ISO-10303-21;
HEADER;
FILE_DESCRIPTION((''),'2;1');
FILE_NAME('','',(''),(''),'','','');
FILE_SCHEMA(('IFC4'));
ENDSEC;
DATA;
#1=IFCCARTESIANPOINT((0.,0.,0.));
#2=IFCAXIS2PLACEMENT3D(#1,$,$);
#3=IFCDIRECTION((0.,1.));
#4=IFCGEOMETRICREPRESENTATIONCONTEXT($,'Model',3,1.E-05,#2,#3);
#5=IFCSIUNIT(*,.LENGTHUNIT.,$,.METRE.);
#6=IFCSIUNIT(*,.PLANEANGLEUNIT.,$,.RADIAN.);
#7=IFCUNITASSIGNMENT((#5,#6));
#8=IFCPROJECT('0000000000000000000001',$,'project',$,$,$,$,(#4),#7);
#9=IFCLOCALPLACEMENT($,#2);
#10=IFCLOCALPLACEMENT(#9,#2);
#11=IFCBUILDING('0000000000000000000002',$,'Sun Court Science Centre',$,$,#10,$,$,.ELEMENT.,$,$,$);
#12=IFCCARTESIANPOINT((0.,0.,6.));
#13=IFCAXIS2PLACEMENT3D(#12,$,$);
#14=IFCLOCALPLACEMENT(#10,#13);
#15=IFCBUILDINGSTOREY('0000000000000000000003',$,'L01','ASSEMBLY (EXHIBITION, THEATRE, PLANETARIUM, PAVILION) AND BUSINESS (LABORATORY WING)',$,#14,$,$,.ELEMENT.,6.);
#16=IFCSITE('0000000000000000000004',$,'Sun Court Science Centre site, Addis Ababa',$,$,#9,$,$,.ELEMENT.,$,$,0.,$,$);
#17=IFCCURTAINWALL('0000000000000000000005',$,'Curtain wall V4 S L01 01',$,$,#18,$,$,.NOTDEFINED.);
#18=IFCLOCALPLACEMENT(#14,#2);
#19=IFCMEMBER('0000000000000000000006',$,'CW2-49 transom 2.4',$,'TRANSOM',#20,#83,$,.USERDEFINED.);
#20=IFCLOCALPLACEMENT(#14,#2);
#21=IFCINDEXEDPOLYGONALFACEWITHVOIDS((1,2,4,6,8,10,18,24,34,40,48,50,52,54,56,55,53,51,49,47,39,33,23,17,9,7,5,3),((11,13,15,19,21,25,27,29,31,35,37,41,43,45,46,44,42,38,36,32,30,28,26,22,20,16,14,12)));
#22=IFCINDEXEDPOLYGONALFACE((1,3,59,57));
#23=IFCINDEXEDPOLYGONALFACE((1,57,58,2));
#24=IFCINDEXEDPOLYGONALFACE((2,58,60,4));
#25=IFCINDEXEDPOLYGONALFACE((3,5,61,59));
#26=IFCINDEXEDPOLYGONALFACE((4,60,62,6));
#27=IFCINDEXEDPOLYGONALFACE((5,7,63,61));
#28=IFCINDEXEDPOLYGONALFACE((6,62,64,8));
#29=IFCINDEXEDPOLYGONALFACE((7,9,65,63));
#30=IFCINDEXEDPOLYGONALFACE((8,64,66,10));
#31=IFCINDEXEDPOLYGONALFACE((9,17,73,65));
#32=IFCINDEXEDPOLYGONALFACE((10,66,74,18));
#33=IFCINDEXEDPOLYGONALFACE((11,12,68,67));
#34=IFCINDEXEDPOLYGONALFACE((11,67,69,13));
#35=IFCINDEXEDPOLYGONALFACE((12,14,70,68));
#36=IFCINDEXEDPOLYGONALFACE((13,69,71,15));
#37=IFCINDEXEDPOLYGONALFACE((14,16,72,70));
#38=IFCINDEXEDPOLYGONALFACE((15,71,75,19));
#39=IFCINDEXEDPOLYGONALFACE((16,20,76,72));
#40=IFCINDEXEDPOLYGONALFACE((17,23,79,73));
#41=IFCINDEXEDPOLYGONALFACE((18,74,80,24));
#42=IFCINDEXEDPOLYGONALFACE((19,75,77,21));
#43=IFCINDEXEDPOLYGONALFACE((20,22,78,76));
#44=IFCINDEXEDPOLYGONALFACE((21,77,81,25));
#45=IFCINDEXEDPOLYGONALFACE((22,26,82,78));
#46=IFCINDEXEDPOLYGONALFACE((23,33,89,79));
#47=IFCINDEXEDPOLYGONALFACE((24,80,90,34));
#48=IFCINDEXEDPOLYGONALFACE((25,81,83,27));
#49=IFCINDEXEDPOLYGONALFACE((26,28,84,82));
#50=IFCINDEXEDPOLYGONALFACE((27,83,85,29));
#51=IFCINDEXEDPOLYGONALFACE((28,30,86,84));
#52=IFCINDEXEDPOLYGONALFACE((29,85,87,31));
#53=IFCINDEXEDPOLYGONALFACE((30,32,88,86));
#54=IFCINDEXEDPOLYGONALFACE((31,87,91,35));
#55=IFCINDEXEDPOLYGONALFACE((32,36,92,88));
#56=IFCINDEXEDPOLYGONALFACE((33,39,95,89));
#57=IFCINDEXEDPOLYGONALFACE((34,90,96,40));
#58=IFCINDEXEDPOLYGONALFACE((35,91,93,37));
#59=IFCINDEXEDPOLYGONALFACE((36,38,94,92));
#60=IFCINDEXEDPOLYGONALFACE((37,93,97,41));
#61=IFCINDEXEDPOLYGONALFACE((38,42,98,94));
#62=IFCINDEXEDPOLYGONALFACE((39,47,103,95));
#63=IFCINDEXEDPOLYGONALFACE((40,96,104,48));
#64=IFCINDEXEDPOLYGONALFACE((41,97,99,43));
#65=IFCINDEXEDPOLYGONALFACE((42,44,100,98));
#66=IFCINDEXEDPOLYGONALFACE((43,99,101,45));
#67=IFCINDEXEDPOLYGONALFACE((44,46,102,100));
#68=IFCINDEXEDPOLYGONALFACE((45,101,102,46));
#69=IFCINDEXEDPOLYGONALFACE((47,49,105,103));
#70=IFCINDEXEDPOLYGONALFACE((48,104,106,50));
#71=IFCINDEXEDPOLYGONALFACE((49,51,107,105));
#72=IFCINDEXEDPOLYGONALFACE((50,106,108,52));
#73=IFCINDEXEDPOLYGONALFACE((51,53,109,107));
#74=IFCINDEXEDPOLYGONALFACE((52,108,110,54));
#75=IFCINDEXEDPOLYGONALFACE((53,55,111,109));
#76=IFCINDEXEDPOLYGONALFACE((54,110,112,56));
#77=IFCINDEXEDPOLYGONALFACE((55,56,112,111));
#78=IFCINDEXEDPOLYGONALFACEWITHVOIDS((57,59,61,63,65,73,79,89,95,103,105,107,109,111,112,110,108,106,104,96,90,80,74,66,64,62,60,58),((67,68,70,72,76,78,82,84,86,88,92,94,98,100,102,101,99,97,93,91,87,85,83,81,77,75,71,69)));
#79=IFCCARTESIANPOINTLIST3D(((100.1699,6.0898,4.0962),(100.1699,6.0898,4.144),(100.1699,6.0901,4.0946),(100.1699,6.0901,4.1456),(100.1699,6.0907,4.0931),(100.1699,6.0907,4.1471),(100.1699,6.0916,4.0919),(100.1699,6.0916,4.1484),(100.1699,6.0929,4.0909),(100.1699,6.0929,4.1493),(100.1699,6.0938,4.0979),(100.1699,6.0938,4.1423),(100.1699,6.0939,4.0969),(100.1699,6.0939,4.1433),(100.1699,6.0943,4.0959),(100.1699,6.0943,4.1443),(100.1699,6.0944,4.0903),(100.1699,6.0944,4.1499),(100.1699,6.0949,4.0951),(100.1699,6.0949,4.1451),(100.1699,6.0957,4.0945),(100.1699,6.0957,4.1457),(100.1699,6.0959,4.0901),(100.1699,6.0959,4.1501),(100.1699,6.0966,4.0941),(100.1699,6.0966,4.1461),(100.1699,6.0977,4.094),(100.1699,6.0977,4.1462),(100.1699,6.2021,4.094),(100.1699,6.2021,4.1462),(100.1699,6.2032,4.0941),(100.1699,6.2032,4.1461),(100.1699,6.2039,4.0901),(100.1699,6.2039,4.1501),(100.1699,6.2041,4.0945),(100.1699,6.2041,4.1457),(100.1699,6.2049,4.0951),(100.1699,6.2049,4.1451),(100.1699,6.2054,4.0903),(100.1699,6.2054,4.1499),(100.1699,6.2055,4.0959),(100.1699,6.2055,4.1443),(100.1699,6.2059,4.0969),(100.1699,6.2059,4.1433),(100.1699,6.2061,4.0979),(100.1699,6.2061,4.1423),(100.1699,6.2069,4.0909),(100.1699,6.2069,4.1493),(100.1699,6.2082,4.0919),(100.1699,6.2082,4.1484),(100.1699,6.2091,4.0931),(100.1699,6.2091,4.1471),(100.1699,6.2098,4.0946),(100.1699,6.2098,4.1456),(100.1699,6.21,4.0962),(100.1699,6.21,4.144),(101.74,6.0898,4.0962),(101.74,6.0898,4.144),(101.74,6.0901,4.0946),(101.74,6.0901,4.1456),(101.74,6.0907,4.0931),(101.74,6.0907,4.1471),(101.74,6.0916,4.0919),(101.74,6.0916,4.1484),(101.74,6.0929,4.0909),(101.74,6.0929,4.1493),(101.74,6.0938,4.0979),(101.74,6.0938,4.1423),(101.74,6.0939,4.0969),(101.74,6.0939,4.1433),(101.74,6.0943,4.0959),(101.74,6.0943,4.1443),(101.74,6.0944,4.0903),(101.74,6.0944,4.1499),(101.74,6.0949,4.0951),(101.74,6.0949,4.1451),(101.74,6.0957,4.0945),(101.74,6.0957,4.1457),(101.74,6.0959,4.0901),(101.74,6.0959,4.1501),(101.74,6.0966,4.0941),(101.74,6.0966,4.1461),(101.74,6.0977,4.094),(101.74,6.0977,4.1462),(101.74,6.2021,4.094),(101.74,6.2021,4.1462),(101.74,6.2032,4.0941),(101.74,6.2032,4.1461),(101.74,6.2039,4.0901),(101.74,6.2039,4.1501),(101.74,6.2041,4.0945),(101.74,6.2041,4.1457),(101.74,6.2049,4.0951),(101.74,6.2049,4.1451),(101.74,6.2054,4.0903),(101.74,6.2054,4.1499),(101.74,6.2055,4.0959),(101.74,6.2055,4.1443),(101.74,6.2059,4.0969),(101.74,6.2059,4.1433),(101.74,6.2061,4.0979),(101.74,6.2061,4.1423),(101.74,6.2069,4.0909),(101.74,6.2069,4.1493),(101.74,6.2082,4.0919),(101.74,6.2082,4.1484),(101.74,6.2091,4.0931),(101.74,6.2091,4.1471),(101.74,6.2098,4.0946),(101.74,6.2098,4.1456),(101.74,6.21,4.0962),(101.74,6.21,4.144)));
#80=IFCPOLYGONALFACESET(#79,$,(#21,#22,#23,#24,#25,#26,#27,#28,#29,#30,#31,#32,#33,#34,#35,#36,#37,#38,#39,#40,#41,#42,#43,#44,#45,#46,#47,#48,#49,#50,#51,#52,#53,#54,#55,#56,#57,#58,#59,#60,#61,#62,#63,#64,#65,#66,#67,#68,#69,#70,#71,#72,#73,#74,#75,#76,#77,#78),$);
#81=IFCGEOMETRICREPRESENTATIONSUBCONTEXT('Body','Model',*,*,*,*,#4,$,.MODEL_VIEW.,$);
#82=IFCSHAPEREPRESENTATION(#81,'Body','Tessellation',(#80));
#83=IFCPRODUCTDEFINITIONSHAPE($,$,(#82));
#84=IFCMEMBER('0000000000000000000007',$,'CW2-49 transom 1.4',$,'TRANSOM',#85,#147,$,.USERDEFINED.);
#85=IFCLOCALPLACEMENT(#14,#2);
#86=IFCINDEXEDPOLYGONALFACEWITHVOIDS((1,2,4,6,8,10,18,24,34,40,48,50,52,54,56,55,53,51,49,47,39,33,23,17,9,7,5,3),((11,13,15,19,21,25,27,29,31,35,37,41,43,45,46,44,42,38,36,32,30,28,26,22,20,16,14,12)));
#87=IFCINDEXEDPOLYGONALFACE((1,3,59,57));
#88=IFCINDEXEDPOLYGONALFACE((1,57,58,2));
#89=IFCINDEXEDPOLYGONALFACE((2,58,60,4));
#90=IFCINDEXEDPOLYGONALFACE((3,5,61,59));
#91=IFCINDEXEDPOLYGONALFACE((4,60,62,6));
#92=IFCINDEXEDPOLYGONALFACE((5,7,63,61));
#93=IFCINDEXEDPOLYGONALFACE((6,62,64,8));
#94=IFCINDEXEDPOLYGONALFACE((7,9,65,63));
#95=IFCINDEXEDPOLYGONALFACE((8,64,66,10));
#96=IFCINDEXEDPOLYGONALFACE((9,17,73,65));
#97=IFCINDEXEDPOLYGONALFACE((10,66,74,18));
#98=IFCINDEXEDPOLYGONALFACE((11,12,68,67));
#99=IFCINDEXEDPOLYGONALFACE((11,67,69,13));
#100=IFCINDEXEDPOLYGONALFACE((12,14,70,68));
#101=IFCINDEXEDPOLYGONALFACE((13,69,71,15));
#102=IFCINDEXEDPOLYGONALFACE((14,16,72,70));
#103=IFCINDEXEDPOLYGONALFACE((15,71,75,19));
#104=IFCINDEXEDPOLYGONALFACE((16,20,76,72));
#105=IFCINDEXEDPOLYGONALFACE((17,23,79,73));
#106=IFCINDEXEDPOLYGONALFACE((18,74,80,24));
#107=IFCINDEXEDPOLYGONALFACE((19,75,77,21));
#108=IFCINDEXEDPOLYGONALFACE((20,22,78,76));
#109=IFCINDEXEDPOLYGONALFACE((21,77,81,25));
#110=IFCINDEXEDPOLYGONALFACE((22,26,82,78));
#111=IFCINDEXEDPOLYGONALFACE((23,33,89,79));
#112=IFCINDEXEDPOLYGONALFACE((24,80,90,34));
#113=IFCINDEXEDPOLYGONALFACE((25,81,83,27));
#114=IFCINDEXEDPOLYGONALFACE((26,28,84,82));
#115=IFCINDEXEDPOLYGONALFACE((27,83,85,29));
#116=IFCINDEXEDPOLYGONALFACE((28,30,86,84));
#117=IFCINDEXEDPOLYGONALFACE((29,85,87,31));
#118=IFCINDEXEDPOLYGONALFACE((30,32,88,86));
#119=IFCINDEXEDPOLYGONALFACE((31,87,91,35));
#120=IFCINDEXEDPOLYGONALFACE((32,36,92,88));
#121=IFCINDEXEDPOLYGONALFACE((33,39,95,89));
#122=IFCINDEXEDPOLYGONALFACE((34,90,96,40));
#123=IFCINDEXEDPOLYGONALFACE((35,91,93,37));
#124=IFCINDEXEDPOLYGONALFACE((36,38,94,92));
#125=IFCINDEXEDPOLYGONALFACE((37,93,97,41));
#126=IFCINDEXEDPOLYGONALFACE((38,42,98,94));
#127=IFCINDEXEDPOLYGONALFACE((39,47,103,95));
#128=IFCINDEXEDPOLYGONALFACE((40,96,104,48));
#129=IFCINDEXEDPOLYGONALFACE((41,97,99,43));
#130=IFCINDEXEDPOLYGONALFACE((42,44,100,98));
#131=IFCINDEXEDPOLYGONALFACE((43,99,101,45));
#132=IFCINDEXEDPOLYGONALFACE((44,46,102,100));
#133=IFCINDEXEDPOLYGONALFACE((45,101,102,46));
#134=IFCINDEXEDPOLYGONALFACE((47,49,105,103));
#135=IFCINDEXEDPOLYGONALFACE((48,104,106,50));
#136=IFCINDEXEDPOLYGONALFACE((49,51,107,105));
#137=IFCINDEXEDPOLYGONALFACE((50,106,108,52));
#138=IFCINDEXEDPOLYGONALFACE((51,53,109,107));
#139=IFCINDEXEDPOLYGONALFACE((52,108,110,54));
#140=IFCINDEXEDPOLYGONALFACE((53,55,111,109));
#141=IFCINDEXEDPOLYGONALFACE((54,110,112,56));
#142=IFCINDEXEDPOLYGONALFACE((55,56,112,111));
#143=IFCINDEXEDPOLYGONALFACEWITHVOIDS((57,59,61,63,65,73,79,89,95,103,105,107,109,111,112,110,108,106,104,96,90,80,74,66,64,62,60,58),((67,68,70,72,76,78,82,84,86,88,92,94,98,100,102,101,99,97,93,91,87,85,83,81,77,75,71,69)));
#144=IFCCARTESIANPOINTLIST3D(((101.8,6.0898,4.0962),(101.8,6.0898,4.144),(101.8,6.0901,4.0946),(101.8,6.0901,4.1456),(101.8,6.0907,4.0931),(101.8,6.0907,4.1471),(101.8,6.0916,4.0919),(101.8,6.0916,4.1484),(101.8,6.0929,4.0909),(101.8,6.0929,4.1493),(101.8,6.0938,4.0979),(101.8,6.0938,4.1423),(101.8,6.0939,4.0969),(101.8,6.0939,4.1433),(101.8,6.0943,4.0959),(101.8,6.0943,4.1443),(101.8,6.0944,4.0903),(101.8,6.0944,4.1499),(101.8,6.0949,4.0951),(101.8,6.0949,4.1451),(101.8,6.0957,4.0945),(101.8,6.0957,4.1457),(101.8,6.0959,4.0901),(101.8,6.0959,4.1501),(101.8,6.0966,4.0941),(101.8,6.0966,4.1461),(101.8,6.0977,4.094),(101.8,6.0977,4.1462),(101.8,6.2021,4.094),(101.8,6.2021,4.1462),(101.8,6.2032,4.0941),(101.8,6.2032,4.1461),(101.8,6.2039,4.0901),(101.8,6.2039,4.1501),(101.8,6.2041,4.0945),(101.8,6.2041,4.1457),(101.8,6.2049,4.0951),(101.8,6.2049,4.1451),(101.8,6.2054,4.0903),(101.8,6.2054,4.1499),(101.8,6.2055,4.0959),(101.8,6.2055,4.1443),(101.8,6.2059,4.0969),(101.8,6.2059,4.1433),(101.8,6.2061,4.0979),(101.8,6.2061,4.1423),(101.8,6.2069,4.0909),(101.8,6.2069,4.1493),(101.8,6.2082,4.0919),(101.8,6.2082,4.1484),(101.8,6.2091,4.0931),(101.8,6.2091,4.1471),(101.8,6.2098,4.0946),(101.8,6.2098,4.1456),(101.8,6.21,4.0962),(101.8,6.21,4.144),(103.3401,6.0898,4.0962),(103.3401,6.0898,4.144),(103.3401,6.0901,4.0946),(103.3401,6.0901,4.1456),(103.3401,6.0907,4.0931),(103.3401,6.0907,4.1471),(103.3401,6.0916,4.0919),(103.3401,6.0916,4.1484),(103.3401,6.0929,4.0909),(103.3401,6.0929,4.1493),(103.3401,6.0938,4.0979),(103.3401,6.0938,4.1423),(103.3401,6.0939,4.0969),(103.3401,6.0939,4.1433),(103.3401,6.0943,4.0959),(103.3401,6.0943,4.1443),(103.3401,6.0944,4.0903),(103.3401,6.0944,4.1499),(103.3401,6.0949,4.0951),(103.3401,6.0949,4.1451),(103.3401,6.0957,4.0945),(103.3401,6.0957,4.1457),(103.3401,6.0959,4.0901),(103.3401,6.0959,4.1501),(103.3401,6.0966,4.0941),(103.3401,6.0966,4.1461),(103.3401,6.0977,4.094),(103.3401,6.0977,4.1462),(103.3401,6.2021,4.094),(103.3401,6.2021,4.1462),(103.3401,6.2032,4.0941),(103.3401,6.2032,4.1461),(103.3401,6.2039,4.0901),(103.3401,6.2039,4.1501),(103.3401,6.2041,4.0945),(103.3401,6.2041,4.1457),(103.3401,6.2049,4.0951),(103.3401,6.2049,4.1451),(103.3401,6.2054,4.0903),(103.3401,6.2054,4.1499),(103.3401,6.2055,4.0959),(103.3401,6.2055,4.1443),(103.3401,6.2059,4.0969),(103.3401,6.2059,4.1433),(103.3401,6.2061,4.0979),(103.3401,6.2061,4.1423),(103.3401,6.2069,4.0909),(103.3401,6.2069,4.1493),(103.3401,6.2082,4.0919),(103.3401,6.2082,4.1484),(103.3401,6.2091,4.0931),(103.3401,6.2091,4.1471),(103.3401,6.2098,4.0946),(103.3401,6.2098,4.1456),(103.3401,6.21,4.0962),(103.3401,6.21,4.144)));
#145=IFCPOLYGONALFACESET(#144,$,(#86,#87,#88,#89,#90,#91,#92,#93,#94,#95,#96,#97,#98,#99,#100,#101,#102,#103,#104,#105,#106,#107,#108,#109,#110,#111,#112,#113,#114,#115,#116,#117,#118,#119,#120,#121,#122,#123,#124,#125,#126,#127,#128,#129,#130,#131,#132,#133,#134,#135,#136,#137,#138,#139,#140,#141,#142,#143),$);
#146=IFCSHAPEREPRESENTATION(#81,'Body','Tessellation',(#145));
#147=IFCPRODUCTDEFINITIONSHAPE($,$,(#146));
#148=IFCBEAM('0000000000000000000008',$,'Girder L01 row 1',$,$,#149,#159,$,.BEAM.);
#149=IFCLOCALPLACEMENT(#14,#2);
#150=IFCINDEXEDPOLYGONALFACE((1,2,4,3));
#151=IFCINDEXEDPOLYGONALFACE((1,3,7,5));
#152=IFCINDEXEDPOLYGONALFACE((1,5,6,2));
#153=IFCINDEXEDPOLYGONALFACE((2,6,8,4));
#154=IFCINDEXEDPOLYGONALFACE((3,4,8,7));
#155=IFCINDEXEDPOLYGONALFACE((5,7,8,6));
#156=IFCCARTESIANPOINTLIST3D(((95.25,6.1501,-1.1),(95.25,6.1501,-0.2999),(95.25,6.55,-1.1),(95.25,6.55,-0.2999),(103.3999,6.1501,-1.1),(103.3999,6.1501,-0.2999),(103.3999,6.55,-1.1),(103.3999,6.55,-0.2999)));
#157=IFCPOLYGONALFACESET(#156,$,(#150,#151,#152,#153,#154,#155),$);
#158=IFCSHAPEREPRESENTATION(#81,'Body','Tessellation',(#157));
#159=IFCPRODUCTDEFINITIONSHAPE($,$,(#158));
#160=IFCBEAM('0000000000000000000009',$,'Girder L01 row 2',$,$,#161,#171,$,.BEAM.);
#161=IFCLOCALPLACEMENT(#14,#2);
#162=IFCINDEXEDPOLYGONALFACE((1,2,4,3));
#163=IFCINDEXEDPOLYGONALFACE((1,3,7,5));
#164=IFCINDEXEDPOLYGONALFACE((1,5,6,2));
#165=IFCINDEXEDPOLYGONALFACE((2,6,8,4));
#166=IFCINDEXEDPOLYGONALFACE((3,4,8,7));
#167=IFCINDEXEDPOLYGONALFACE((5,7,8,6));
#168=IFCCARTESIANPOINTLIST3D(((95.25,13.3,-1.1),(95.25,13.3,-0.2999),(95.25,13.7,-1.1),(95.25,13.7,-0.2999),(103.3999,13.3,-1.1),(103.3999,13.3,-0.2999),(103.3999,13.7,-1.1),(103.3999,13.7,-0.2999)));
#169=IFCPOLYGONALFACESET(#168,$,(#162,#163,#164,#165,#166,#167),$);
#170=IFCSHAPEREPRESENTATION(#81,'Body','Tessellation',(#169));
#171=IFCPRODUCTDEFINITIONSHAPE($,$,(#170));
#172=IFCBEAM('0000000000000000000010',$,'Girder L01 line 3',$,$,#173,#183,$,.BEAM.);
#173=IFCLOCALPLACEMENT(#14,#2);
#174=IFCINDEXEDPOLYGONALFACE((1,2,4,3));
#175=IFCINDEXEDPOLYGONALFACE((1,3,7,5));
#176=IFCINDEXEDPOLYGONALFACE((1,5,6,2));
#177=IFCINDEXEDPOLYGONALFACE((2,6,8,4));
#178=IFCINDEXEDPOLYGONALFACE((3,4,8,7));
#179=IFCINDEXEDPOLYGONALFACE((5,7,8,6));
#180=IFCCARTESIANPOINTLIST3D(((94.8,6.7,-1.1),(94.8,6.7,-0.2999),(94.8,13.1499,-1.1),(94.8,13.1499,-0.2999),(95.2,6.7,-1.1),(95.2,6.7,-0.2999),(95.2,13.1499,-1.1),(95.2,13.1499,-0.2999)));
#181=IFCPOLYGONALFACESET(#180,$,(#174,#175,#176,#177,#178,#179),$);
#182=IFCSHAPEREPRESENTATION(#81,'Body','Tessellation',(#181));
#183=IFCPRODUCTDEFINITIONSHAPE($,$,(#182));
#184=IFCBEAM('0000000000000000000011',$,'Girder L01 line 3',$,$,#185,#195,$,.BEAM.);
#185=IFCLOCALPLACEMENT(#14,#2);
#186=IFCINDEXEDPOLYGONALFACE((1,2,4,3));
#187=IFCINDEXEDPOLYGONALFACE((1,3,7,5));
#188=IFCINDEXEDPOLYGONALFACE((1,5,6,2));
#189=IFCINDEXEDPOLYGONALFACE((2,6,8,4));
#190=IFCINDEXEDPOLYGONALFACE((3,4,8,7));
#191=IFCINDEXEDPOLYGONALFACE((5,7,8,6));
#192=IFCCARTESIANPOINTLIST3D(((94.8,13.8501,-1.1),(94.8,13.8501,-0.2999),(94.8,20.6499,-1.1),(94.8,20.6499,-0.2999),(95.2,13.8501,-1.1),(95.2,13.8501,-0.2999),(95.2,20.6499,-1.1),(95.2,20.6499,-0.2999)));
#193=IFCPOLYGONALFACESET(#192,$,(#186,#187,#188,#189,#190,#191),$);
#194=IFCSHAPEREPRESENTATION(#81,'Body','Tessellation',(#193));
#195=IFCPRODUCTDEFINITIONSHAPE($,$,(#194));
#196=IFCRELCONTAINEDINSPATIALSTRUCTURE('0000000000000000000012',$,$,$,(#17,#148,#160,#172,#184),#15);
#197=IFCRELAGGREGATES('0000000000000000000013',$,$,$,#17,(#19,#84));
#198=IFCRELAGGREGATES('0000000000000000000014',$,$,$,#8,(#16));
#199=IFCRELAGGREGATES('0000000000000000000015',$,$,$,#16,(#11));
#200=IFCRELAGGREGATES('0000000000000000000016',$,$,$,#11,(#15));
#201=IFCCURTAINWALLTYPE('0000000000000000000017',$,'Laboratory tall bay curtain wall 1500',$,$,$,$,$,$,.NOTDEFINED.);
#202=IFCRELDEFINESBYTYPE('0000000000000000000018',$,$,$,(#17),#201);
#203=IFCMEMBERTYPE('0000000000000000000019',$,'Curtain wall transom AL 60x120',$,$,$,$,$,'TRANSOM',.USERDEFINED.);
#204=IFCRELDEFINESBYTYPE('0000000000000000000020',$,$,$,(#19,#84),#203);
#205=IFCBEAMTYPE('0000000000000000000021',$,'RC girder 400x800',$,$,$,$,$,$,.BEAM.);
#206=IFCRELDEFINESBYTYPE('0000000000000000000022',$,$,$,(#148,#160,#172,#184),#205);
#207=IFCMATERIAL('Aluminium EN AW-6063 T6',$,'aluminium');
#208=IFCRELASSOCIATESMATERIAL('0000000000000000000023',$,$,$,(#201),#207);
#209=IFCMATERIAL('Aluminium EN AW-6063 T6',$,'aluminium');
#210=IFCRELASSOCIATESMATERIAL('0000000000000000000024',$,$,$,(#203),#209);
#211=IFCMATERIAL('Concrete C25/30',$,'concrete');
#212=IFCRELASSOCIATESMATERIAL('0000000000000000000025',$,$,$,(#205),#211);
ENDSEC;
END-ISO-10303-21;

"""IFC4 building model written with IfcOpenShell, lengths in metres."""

from ifc_helpers import new_model, si_unit, direction, frame, origin, origin_2d, place, context, subcontext, project, spatial, rectangle, hollow_rectangle, extrude, material, material_profile, profile_set, type_object, element, aggregate, save


model = new_model("IFC4")

# Units and contexts
model_context = context("Model", 3, precision=1e-05, world=origin(), true_north=direction((0.0, 1.0)))
body_context = subcontext(model_context, "Body", "Model", "MODEL_VIEW")
ifc_project = project(units=[si_unit("LENGTHUNIT", "METRE"), si_unit("PLANEANGLEUNIT", "RADIAN")], contexts=[model_context])

# Site, building, storey
site_placement = place(None, origin())
site = spatial("IfcSite", under=ifc_project, at=site_placement, Name="Sun Court Science Centre site, Addis Ababa", CompositionType="ELEMENT", RefElevation=0.0)
building_placement = place(site_placement, origin())
building = spatial("IfcBuilding", under=site, at=building_placement, Name="Sun Court Science Centre", CompositionType="ELEMENT")
storey_placement = place(building_placement, frame((0.0, 0.0, 6.0)))
storey = spatial("IfcBuildingStorey", under=building, at=storey_placement, Name="L01", Description="ASSEMBLY (EXHIBITION, THEATRE, PLANETARIUM, PAVILION) AND BUSINESS (LABORATORY WING)", CompositionType="ELEMENT", Elevation=6.0)

# Curtain wall, members
ifc_material_1 = material(Name="Aluminium EN AW-6063 T6", Category="aluminium")
curtain_wall_type = type_object("IfcCurtainWallType", Name="Laboratory tall bay curtain wall 1500", PredefinedType="NOTDEFINED", material=ifc_material_1)
curtain_wall_placement = place(storey_placement, origin())
curtain_wall = element("IfcCurtainWall", 1, at=curtain_wall_placement, inside=storey, type_object=curtain_wall_type, Name="Curtain wall V4 S L01 01", PredefinedType="NOTDEFINED")
ifc_material_2 = material(Name="Aluminium EN AW-6063 T6", Category="aluminium")
ifc_material_profile_1 = material_profile(ifc_material_2, hollow_rectangle(XDim=0.0601, YDim=0.1201, WallThickness=0.0039, InnerFilletRadius=0.0039, OuterFilletRadius=0.0061, at=origin_2d()), Name="AL 60x120x4")
ifc_profile_set_1 = profile_set([ifc_material_profile_1], Name="Aluminium EN AW-6063 T6")
member_type_1 = type_object("IfcMemberType", Name="Curtain wall transom AL 60x120", ElementType="TRANSOM", PredefinedType="USERDEFINED", material=ifc_profile_set_1)
member_1_placement = place(storey_placement, frame((101.74, 6.1499, 4.1201), z_axis=(-1.0, 0.0, 0.0), x_axis=(0.0, 0.0, 1.0)))
member_1 = element("IfcMember", 2, at=member_1_placement, type_object=member_type_1, Name="CW2-49 transom 2.4", ObjectType="TRANSOM", PredefinedType="USERDEFINED", context=body_context, shape_type="SweptSolid", body=[
    extrude(hollow_rectangle(XDim=0.0601, YDim=0.1201, WallThickness=0.0039, InnerFilletRadius=0.0039, OuterFilletRadius=0.0061, at=origin_2d()), origin(), (0.0, 0.0, 1.0), 1.5701),
])
member_2_placement = place(storey_placement, frame((103.3401, 6.1499, 4.1201), z_axis=(-1.0, 0.0, 0.0), x_axis=(0.0, 0.0, 1.0)))
member_2 = element("IfcMember", 3, at=member_2_placement, type_object=member_type_1, Name="CW2-49 transom 1.4", ObjectType="TRANSOM", PredefinedType="USERDEFINED", context=body_context, shape_type="SweptSolid", body=[
    extrude(hollow_rectangle(XDim=0.0601, YDim=0.1201, WallThickness=0.0039, InnerFilletRadius=0.0039, OuterFilletRadius=0.0061, at=origin_2d()), origin(), (0.0, 0.0, 1.0), 1.54),
])

# Beams
ifc_material_3 = material(Name="Concrete C25/30", Category="concrete")
ifc_material_profile_2 = material_profile(ifc_material_3, rectangle(XDim=0.3999, YDim=0.8, at=origin_2d()), Name="RC 400x800")
ifc_profile_set_2 = profile_set([ifc_material_profile_2], Name="Concrete C25/30")
beam_type_1 = type_object("IfcBeamType", Name="RC girder 400x800", PredefinedType="BEAM", material=ifc_profile_set_2)
for number, where, z_axis, x_axis, name in (
    (4, (95.25, 6.3501, -0.7), (1.0, 0.0, 0.0), (0.0, 1.0, 0.0), "Girder L01 row 1"),
    (5, (95.25, 13.5, -0.7), (1.0, 0.0, 0.0), (0.0, 1.0, 0.0), "Girder L01 row 2"),
):
    element("IfcBeam", number, at=place(storey_placement, frame(where, z_axis=z_axis, x_axis=x_axis)), inside=storey, type_object=beam_type_1, Name=name, PredefinedType="BEAM", context=body_context, shape_type="SweptSolid", body=[
        extrude(rectangle(XDim=0.3999, YDim=0.8, at=origin_2d()), origin(), (0.0, 0.0, 1.0), 8.1499),
    ])
beam_1_placement = place(storey_placement, frame((95.0, 6.7, -0.7), z_axis=(0.0, 1.0, 0.0), x_axis=(-1.0, 0.0, 0.0)))
element("IfcBeam", 6, at=beam_1_placement, inside=storey, type_object=beam_type_1, Name="Girder L01 line 3", PredefinedType="BEAM", context=body_context, shape_type="SweptSolid", body=[
    extrude(rectangle(XDim=0.3999, YDim=0.8, at=origin_2d()), origin(), (0.0, 0.0, 1.0), 6.45),
])
beam_2_placement = place(storey_placement, frame((95.0, 13.8501, -0.7), z_axis=(0.0, 1.0, 0.0), x_axis=(-1.0, 0.0, 0.0)))
element("IfcBeam", 7, at=beam_2_placement, inside=storey, type_object=beam_type_1, Name="Girder L01 line 3", PredefinedType="BEAM", context=body_context, shape_type="SweptSolid", body=[
    extrude(rectangle(XDim=0.3999, YDim=0.8, at=origin_2d()), origin(), (0.0, 0.0, 1.0), 6.7998),
])

aggregate(curtain_wall, [member_1, member_2])

save(model, "model.ifc")
